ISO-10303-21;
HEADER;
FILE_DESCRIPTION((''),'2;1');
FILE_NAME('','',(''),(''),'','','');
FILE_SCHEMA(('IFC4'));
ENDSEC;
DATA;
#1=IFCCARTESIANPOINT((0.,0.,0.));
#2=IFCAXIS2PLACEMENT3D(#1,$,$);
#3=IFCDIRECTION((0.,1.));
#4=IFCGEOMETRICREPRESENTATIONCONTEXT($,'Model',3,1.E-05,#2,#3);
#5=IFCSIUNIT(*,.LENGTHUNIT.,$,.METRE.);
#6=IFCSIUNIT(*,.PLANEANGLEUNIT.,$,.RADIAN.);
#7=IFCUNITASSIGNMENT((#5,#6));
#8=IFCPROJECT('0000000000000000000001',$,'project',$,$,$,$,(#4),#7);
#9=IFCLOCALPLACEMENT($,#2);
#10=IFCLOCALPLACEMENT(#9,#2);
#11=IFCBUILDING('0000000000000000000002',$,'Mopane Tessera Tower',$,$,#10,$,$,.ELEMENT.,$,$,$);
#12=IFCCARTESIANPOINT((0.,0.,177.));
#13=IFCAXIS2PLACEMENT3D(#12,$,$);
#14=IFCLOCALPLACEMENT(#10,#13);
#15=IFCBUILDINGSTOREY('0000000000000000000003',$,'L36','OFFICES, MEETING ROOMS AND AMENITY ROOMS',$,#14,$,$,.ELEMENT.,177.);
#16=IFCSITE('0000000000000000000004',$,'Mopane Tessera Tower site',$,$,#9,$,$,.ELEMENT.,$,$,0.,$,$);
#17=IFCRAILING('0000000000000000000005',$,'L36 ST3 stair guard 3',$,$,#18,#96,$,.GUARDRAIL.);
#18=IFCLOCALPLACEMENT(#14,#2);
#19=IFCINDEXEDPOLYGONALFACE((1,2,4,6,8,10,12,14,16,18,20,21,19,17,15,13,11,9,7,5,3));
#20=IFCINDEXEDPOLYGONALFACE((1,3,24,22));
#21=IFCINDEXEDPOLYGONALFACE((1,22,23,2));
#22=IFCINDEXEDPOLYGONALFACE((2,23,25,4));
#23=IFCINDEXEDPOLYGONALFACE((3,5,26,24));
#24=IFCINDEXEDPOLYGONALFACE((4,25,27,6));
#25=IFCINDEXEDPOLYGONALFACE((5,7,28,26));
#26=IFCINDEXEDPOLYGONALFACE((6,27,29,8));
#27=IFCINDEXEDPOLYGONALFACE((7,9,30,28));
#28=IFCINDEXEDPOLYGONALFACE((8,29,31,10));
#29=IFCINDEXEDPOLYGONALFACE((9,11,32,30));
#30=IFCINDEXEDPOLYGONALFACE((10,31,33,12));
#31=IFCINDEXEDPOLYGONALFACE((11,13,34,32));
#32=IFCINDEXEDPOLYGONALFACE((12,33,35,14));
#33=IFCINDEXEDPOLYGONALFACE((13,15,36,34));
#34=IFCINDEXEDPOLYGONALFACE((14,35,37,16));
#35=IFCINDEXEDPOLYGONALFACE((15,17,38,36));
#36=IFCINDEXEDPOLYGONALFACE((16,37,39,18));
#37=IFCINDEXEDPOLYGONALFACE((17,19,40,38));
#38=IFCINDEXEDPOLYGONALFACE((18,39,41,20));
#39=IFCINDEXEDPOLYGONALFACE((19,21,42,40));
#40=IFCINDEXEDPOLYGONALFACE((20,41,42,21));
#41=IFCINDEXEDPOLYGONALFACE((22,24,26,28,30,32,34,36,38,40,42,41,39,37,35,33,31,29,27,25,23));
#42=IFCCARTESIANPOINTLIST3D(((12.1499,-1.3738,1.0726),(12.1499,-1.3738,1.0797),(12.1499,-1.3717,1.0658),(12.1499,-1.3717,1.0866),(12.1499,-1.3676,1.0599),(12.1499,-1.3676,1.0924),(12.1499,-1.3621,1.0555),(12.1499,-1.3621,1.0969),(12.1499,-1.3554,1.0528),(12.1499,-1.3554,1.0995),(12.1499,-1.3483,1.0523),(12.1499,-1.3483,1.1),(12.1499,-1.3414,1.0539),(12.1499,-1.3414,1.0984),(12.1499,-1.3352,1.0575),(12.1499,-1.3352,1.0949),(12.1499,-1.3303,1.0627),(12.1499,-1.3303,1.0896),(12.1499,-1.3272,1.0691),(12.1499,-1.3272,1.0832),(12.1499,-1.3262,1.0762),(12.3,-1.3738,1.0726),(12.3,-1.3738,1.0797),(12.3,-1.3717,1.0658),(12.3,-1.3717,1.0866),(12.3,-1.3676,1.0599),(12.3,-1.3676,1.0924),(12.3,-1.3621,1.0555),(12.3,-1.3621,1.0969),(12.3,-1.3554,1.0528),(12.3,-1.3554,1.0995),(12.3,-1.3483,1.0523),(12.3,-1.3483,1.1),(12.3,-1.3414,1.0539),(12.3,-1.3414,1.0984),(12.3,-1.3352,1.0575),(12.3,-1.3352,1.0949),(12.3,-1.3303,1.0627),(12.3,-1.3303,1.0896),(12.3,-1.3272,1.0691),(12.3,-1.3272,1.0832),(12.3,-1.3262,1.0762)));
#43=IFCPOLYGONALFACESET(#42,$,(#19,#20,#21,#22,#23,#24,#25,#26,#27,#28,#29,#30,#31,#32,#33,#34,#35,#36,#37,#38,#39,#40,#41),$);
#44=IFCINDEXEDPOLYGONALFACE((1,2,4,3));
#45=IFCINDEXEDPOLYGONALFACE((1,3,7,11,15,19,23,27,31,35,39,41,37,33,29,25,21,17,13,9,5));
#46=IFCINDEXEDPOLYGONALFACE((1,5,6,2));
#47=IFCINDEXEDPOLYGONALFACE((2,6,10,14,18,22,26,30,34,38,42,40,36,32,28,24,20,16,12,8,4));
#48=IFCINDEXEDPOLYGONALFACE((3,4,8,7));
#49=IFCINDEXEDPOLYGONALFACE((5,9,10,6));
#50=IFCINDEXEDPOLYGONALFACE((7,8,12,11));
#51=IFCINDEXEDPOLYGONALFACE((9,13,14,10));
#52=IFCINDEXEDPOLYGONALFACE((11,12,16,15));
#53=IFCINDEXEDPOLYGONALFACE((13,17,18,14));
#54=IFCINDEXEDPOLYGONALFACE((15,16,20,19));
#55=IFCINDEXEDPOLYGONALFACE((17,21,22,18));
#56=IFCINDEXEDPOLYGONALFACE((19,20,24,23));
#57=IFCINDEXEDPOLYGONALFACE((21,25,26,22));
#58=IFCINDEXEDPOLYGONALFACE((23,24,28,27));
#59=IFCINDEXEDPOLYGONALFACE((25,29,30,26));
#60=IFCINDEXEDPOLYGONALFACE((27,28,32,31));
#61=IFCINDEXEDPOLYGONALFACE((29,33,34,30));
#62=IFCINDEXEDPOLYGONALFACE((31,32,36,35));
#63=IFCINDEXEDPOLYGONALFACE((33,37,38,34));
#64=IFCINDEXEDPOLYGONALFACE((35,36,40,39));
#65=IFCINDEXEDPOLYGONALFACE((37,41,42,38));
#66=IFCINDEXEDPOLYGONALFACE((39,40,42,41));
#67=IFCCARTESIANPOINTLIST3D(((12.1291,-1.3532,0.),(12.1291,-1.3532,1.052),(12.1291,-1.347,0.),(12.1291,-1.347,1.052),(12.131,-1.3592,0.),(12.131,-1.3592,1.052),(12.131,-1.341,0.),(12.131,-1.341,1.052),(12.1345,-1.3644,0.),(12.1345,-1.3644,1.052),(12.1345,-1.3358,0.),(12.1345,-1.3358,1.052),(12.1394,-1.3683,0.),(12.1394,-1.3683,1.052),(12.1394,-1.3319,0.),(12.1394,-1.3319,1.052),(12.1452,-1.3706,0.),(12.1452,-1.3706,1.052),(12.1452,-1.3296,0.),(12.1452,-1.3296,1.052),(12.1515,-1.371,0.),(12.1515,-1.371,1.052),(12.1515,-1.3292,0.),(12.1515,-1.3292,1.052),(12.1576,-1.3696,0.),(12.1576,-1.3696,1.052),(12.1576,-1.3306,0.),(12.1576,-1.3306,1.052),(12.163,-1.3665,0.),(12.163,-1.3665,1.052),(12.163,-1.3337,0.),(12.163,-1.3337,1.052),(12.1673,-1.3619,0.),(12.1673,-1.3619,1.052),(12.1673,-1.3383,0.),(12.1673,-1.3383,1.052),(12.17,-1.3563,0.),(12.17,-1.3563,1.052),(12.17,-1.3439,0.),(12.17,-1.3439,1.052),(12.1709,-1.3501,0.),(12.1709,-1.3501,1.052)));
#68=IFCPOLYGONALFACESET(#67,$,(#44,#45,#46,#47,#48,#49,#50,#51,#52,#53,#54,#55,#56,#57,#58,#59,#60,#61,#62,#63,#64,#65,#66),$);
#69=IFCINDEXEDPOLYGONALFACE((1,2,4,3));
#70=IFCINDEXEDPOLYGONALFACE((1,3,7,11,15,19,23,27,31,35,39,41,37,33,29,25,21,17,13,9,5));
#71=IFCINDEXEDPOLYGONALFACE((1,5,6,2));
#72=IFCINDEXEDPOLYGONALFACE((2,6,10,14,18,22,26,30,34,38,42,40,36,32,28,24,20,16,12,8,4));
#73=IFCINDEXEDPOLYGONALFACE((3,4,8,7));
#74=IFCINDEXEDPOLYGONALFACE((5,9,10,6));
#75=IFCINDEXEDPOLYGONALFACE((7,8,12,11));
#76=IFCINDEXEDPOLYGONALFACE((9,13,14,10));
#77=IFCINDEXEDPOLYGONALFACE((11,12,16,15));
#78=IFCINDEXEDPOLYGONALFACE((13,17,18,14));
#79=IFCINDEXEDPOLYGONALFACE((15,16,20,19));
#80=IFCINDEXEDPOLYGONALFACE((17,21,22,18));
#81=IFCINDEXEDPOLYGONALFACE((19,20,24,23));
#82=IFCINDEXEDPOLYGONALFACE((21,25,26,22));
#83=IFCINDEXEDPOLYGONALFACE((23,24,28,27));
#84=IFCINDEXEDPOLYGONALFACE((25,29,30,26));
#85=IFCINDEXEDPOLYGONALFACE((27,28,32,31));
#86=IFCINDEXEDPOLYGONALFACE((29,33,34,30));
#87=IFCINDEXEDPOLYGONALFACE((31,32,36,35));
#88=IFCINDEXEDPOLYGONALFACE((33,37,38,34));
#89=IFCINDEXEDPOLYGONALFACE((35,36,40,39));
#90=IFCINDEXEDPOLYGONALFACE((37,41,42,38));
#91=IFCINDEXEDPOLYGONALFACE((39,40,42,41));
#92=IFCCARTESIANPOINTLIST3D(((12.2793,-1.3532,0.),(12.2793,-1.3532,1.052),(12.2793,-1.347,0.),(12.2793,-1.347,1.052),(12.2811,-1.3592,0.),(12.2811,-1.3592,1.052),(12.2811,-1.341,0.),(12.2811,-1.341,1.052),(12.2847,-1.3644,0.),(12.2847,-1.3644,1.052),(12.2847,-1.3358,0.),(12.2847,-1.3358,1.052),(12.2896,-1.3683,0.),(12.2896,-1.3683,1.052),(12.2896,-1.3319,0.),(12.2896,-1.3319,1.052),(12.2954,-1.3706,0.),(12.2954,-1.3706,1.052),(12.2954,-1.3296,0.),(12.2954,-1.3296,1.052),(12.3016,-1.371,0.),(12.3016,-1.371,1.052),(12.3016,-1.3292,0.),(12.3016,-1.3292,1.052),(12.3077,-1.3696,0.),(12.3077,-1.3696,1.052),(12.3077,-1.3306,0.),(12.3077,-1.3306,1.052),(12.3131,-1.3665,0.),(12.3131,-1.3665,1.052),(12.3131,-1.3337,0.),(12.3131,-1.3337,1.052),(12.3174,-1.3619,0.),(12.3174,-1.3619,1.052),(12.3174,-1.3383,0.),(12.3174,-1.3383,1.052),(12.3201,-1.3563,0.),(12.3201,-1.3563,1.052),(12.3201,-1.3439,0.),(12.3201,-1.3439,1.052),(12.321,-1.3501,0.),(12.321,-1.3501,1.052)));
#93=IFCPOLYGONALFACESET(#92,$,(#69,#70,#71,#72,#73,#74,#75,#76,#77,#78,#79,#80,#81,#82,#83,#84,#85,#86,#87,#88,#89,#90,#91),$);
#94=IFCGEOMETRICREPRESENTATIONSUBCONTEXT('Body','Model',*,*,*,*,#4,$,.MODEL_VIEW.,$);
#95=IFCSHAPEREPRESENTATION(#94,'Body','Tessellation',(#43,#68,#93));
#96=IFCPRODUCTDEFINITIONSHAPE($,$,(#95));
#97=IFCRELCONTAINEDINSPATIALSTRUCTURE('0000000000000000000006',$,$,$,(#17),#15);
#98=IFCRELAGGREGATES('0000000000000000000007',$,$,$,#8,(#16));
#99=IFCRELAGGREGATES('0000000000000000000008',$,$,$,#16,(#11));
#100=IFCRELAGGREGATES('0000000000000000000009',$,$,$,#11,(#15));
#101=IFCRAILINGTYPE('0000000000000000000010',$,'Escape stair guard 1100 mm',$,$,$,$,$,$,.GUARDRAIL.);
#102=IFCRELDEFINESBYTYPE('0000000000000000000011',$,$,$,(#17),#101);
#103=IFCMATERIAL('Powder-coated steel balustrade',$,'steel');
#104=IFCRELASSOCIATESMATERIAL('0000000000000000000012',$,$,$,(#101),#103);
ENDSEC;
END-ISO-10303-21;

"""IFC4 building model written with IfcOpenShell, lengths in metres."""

from ifc_helpers import new_model, si_unit, direction, frame, origin, origin_2d, place, context, subcontext, project, spatial, circle, extrude, material, type_object, element, save


model = new_model("IFC4")

# Units and contexts
model_context = context("Model", 3, precision=1e-05, world=origin(), true_north=direction((0.0, 1.0)))
body_context = subcontext(model_context, "Body", "Model", "MODEL_VIEW")
ifc_project = project(units=[si_unit("LENGTHUNIT", "METRE"), si_unit("PLANEANGLEUNIT", "RADIAN")], contexts=[model_context])

# Site, building, storey
site_placement = place(None, origin())
site = spatial("IfcSite", under=ifc_project, at=site_placement, Name="Mopane Tessera Tower site", CompositionType="ELEMENT", RefElevation=0.0)
building_placement = place(site_placement, origin())
building = spatial("IfcBuilding", under=site, at=building_placement, Name="Mopane Tessera Tower", CompositionType="ELEMENT")
storey_placement = place(building_placement, frame((0.0, 0.0, 177.0)))
storey = spatial("IfcBuildingStorey", under=building, at=storey_placement, Name="L36", Description="OFFICES, MEETING ROOMS AND AMENITY ROOMS", CompositionType="ELEMENT", Elevation=177.0)

# Railing
ifc_material_1 = material(Name="Powder-coated steel balustrade", Category="steel")
railing_type_1 = type_object("IfcRailingType", Name="Escape stair guard 1100 mm", PredefinedType="GUARDRAIL", material=ifc_material_1)
railing_1_placement = place(storey_placement, frame((12.1499, -1.3501, 0.0)))
element("IfcRailing", 1, at=railing_1_placement, inside=storey, type_object=railing_type_1, Name="L36 ST3 stair guard 3", PredefinedType="GUARDRAIL", context=body_context, shape_type="SweptSolid", body=[
    extrude(circle(Radius=0.0239, at=origin_2d()), frame((0.0, 0.0, 1.0762), z_axis=(1.0, 0.0, 0.0), x_axis=(0.0, 1.0, 0.0)), (0.0, 0.0, 1.0), 0.1501),
    extrude(circle(Radius=0.021, at=origin_2d()), origin(), (0.0, 0.0, 1.0), 1.052),
    extrude(circle(Radius=0.021, at=origin_2d()), frame((0.1501, 0.0, 0.0)), (0.0, 0.0, 1.0), 1.052),
])

save(model, "model.ifc")
